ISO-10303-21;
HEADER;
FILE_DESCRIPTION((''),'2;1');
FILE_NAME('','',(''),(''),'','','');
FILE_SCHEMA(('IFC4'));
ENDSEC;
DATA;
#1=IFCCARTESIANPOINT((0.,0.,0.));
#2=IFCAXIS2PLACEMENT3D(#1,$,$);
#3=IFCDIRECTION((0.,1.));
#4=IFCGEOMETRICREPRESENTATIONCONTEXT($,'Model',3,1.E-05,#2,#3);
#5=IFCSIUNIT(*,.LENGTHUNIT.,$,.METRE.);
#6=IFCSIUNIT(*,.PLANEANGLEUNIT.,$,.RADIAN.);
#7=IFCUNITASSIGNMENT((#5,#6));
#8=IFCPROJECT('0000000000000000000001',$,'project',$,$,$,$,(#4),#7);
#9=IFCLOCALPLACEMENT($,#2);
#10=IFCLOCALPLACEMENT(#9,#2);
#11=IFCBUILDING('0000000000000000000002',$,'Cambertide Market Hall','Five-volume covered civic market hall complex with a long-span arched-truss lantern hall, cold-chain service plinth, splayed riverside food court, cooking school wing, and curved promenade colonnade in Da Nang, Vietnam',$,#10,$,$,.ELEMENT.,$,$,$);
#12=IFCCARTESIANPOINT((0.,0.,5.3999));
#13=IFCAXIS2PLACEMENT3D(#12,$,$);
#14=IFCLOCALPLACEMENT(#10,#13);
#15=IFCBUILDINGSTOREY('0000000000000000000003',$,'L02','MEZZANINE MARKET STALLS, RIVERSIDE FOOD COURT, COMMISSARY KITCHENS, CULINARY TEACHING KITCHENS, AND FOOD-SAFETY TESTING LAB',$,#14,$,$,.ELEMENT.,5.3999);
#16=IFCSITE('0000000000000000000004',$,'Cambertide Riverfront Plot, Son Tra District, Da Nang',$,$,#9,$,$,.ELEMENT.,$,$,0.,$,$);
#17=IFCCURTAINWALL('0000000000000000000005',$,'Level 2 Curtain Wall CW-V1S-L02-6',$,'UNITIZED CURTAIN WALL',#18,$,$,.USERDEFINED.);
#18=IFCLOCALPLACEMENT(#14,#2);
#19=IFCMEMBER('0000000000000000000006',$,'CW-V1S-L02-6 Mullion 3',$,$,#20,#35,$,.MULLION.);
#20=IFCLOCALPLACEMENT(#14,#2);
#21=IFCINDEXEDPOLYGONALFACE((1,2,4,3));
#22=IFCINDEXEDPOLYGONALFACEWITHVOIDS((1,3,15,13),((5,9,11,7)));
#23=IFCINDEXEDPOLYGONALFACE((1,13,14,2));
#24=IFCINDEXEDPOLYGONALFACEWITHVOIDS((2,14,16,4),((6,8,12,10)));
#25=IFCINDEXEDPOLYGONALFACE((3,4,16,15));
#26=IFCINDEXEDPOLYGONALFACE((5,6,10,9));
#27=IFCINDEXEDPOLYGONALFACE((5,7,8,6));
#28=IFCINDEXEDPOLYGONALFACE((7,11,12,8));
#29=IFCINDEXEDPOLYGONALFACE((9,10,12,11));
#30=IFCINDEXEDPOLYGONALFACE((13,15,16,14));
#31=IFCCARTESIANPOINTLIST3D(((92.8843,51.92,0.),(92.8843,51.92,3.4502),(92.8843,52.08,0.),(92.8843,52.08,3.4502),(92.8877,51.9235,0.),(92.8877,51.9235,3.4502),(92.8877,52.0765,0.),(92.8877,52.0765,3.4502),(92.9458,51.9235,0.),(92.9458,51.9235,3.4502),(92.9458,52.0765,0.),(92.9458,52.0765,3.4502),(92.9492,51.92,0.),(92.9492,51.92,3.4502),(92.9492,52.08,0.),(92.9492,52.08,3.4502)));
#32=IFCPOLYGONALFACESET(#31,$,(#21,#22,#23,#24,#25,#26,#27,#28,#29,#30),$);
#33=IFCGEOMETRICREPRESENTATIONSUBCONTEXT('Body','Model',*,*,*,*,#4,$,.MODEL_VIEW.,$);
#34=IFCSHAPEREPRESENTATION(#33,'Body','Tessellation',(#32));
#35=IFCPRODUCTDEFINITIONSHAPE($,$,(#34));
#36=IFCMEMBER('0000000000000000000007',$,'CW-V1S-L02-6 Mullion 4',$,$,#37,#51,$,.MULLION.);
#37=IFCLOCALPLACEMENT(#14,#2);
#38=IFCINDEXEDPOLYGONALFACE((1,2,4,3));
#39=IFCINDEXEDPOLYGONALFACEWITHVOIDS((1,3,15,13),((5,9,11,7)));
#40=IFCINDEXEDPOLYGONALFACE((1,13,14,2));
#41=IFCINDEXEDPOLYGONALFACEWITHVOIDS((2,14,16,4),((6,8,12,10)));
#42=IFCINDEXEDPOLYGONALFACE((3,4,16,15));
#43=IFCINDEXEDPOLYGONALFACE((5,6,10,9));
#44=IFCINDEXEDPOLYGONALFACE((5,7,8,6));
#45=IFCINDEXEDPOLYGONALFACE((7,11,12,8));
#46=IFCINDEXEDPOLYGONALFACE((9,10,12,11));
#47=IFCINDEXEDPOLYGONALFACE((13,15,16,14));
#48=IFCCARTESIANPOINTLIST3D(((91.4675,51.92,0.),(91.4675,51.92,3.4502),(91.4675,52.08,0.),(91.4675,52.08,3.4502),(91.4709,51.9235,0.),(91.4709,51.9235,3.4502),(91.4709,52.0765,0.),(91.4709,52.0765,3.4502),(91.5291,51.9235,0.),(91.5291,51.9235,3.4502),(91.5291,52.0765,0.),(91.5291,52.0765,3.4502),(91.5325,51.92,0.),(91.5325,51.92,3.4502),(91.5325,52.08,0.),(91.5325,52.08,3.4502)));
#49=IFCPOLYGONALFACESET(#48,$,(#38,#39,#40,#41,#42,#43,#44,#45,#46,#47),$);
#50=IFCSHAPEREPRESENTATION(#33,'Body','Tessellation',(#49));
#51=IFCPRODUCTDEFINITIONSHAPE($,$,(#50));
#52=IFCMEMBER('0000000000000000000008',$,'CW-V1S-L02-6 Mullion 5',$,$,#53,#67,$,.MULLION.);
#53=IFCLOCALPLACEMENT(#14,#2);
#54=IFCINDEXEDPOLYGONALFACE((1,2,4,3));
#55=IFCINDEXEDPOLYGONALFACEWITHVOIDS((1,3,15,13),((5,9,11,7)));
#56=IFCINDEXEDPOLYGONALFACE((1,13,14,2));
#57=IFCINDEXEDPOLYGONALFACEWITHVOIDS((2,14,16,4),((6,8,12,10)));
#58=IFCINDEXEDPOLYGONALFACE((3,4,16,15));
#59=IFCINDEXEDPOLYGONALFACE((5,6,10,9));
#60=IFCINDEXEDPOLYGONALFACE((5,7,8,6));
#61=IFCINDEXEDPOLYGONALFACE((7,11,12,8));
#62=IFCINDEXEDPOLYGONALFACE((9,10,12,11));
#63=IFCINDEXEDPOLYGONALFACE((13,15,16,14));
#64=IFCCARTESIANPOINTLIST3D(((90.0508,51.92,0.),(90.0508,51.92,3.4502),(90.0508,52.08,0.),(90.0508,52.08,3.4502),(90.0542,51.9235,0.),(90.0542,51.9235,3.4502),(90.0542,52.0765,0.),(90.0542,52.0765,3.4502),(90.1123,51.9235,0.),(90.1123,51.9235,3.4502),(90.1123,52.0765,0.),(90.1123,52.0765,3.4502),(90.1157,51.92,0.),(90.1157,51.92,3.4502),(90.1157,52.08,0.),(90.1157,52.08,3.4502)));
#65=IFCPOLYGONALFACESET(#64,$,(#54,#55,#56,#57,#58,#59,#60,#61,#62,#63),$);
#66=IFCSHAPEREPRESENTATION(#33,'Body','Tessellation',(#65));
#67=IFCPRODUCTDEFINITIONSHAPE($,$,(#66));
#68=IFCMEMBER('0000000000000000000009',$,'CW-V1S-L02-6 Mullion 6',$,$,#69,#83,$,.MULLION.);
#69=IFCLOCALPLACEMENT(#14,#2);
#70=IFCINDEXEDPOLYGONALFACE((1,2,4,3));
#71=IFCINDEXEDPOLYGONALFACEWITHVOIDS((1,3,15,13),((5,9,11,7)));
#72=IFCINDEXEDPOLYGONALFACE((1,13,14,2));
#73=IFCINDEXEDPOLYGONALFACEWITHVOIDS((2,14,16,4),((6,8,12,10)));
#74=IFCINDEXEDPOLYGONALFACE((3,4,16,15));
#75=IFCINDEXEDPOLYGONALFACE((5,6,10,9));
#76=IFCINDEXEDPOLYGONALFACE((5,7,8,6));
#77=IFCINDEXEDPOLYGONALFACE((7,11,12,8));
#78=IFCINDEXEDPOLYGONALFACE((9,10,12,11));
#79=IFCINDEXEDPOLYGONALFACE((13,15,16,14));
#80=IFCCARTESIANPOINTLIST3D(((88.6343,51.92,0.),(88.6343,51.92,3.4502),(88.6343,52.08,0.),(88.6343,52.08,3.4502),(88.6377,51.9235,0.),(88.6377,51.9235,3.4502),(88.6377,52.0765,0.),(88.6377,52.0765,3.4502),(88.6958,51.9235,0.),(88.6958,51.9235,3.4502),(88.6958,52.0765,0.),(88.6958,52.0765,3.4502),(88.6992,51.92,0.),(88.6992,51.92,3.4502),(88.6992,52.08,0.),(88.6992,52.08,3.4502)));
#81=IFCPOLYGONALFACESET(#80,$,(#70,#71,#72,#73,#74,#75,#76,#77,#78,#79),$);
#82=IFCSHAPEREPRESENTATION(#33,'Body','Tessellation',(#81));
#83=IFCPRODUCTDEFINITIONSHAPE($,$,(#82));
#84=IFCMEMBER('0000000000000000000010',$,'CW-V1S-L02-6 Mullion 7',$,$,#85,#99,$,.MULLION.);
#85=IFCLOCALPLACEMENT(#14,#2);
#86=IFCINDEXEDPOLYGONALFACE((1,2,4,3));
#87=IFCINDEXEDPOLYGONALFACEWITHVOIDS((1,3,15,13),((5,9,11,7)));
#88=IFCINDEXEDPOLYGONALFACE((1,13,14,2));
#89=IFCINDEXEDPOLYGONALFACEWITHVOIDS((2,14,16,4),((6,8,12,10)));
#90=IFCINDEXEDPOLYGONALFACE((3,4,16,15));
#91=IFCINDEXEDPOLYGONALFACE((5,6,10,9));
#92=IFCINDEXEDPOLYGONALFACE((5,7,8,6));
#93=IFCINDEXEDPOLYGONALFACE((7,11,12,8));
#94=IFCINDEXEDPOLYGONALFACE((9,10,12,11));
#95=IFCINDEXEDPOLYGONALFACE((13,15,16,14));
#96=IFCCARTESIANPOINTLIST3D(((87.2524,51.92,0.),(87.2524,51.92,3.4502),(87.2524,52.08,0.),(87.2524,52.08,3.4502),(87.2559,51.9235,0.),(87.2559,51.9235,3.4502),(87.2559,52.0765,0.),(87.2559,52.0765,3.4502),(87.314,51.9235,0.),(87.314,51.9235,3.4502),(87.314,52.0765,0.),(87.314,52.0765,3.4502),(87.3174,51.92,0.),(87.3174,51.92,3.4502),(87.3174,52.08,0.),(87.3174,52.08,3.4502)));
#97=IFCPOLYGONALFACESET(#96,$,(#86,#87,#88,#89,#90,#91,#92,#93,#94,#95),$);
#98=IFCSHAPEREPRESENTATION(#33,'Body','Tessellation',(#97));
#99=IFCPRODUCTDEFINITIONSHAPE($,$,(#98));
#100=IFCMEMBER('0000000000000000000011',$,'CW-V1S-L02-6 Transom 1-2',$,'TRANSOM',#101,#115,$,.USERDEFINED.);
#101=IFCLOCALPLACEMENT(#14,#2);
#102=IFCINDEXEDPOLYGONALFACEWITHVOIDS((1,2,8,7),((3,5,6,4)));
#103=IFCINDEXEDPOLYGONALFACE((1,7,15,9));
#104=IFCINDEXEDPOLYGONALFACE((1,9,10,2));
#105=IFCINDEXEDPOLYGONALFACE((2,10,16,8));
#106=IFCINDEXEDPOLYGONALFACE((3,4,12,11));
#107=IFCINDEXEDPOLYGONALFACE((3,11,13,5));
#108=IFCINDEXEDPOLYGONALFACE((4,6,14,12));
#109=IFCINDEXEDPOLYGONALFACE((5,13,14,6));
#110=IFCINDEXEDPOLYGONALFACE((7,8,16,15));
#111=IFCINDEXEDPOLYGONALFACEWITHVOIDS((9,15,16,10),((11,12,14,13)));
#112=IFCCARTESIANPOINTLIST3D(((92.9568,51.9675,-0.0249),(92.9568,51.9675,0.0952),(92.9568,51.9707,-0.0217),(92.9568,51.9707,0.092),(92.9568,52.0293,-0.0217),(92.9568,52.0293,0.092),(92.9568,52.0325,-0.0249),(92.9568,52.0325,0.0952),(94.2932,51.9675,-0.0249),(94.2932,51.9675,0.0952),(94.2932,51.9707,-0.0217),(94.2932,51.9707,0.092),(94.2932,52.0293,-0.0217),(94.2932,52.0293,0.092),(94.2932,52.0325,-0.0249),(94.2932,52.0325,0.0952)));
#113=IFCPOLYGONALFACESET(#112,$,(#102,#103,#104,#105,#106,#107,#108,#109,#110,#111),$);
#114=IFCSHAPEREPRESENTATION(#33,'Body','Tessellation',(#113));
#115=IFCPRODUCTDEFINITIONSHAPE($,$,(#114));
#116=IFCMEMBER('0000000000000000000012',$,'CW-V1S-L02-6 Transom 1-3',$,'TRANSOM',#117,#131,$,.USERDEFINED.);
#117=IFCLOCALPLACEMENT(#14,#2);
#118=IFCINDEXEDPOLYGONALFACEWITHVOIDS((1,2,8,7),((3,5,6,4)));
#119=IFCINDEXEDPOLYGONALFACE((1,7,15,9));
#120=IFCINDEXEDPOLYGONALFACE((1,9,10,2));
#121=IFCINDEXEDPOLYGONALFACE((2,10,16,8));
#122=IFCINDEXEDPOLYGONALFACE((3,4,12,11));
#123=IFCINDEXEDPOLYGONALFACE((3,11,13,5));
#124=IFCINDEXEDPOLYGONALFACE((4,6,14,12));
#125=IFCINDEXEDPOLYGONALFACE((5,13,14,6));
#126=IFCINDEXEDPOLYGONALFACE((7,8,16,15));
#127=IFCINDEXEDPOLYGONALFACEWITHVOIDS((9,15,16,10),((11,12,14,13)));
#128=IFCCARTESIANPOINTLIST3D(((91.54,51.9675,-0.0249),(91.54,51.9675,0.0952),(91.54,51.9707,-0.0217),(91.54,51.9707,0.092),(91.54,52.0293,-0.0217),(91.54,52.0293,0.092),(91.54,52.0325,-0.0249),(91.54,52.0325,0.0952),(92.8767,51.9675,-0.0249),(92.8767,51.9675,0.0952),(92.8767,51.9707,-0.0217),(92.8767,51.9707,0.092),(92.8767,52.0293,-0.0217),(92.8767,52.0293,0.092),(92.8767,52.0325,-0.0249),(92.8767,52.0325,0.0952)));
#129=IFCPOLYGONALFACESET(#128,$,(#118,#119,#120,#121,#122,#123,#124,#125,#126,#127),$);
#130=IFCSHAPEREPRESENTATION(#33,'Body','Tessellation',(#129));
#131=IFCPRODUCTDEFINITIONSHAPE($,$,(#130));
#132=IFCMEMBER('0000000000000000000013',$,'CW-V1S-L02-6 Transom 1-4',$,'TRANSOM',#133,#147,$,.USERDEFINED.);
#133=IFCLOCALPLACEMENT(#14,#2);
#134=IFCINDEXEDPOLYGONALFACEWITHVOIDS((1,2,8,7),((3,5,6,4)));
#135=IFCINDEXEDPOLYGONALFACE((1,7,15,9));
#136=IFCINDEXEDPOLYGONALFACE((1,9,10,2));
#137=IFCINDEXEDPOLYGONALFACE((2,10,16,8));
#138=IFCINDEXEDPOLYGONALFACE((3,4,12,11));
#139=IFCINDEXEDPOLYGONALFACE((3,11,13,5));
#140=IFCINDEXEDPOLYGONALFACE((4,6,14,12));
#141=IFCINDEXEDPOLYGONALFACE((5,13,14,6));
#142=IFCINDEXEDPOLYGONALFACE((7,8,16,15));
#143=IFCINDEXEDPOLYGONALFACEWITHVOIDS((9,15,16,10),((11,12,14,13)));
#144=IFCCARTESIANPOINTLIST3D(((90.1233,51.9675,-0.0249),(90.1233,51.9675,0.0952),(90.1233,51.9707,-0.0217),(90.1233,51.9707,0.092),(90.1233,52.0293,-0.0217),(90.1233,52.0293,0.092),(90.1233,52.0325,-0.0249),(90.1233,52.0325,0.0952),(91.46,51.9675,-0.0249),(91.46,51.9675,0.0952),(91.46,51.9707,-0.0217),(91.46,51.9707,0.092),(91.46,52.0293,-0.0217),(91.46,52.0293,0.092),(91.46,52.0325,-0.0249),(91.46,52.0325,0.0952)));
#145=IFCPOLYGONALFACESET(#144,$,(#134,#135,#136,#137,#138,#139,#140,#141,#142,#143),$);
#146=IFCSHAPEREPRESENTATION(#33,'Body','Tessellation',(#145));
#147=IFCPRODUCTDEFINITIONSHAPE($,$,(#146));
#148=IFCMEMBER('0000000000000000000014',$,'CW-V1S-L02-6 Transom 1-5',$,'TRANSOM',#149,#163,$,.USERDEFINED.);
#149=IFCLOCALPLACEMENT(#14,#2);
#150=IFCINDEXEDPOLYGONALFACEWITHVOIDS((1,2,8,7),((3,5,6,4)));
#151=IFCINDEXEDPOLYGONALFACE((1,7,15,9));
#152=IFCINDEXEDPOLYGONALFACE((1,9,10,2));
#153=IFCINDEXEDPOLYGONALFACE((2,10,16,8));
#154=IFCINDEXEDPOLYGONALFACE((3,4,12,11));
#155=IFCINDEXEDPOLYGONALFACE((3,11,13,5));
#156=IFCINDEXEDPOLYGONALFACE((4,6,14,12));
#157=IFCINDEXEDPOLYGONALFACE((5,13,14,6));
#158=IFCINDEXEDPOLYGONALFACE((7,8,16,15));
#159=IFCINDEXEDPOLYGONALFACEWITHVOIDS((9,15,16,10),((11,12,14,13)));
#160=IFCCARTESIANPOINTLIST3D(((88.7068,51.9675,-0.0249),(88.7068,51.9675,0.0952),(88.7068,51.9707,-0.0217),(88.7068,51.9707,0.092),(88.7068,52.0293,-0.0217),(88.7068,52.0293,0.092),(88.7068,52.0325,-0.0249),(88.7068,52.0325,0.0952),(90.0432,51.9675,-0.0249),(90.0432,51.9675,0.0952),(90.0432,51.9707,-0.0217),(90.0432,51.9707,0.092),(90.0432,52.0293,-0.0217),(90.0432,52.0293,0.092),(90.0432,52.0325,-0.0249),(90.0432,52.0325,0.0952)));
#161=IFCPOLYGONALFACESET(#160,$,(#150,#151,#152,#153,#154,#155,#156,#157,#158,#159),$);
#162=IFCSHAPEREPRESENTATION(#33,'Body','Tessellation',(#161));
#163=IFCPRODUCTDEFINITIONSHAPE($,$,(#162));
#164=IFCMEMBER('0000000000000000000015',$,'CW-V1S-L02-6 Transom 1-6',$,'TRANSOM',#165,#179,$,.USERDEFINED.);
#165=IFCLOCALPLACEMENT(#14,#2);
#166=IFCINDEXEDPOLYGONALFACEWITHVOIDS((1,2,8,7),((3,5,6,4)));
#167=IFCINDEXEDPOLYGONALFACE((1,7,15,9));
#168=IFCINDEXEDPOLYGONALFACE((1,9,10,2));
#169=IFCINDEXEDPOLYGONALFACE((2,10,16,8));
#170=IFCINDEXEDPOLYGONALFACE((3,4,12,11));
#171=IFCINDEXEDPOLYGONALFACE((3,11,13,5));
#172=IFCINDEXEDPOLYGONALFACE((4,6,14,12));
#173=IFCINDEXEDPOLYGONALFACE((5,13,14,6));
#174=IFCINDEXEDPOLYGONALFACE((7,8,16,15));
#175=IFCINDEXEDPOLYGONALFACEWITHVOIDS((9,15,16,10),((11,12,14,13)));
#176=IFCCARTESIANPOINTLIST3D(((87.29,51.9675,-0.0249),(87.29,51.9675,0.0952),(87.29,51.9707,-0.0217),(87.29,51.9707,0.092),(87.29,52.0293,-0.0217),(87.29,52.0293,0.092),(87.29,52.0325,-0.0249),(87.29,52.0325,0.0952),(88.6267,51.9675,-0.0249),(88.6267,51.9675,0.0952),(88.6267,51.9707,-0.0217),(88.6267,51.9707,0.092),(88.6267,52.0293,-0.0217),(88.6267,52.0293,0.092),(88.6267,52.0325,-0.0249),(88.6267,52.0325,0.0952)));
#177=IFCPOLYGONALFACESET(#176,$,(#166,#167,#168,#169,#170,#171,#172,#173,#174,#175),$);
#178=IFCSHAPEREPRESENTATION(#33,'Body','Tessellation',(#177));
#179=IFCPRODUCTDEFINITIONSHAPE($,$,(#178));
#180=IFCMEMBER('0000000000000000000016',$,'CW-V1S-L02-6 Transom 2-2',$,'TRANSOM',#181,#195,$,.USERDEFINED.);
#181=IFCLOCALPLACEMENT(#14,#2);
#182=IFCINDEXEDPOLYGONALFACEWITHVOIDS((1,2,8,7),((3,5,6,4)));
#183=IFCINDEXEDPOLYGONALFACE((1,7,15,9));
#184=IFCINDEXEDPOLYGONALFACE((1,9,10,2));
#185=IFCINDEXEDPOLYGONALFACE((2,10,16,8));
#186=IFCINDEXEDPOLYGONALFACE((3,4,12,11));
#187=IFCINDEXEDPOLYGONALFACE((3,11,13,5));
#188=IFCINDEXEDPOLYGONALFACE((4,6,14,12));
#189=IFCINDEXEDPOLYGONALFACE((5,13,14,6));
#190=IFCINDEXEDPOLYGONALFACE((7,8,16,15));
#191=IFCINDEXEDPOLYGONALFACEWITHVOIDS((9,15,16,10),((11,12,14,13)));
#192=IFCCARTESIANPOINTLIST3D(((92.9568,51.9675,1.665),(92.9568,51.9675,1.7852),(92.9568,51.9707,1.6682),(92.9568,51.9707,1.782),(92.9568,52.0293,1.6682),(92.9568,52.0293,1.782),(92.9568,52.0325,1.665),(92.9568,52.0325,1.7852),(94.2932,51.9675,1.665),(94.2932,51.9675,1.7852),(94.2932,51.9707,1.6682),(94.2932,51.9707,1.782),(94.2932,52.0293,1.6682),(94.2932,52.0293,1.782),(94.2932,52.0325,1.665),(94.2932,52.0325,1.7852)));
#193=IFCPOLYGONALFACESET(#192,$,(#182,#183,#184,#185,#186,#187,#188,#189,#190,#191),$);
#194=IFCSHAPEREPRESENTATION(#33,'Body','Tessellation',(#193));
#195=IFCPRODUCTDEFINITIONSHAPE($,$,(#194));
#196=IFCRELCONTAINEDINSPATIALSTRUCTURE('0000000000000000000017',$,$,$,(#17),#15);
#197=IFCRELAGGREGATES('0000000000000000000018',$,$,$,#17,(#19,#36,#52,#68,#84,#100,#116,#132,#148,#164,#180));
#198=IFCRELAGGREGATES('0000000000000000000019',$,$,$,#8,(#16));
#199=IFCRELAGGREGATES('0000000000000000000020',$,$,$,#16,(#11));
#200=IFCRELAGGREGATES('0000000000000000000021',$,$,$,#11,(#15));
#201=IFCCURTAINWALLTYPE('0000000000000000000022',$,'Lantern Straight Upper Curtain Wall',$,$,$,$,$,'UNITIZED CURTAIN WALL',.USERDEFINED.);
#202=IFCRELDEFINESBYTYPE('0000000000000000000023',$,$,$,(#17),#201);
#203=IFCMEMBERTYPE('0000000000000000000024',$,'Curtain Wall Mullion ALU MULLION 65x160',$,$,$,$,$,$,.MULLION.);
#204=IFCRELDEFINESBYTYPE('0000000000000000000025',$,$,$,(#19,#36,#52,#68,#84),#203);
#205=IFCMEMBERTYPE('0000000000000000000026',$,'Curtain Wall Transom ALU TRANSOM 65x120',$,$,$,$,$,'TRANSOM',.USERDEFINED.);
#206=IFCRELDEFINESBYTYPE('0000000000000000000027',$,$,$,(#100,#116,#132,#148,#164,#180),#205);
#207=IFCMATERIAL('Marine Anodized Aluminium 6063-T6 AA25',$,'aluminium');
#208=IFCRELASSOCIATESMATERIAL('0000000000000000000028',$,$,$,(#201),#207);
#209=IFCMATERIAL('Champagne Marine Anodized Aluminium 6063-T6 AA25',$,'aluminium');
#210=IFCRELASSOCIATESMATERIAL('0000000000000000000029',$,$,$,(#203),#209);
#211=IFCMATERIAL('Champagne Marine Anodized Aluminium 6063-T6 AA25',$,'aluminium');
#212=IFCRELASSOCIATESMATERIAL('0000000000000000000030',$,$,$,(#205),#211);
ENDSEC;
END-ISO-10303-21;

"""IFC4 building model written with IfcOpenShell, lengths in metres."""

from ifc_helpers import new_model, si_unit, direction, frame, origin, origin_2d, place, context, subcontext, project, spatial, hollow_rectangle, extrude, material, material_profile, profile_set, type_object, element, aggregate, save


model = new_model("IFC4")

# Units and contexts
model_context = context("Model", 3, precision=1e-05, world=origin(), true_north=direction((0.0, 1.0)))
body_context = subcontext(model_context, "Body", "Model", "MODEL_VIEW")
ifc_project = project(units=[si_unit("LENGTHUNIT", "METRE"), si_unit("PLANEANGLEUNIT", "RADIAN")], contexts=[model_context])

# Site, building, storey
site_placement = place(None, origin())
site = spatial("IfcSite", under=ifc_project, at=site_placement, Name="Cambertide Riverfront Plot, Son Tra District, Da Nang", CompositionType="ELEMENT", RefElevation=0.0)
building_placement = place(site_placement, origin())
building = spatial("IfcBuilding", under=site, at=building_placement, Name="Cambertide Market Hall", Description="Five-volume covered civic market hall complex with a long-span arched-truss lantern hall, cold-chain service plinth, splayed riverside food court, cooking school wing, and curved promenade colonnade in Da Nang, Vietnam", CompositionType="ELEMENT")
storey_placement = place(building_placement, frame((0.0, 0.0, 5.3999)))
storey = spatial("IfcBuildingStorey", under=building, at=storey_placement, Name="L02", Description="MEZZANINE MARKET STALLS, RIVERSIDE FOOD COURT, COMMISSARY KITCHENS, CULINARY TEACHING KITCHENS, AND FOOD-SAFETY TESTING LAB", CompositionType="ELEMENT", Elevation=5.3999)

# Curtain wall, members
ifc_material_1 = material(Name="Marine Anodized Aluminium 6063-T6 AA25", Category="aluminium")
curtain_wall_type = type_object("IfcCurtainWallType", Name="Lantern Straight Upper Curtain Wall", ElementType="UNITIZED CURTAIN WALL", PredefinedType="USERDEFINED", material=ifc_material_1)
curtain_wall_placement = place(storey_placement, origin())
curtain_wall = element("IfcCurtainWall", 1, at=curtain_wall_placement, inside=storey, type_object=curtain_wall_type, Name="Level 2 Curtain Wall CW-V1S-L02-6", ObjectType="UNITIZED CURTAIN WALL", PredefinedType="USERDEFINED")
ifc_material_2 = material(Name="Champagne Marine Anodized Aluminium 6063-T6 AA25", Category="aluminium")
ifc_material_profile_1 = material_profile(ifc_material_2, hollow_rectangle(XDim=0.0649, YDim=0.1599, WallThickness=0.0034, at=origin_2d()), Name="ALU MULLION 65x160")
ifc_profile_set_1 = profile_set([ifc_material_profile_1], Name="Champagne Marine Anodized Aluminium 6063-T6 AA25")
member_type_1 = type_object("IfcMemberType", Name="Curtain Wall Mullion ALU MULLION 65x160", PredefinedType="MULLION", material=ifc_profile_set_1)
member_1_placement = place(storey_placement, frame((92.9167, 52.0, 0.0), z_axis=(0.0, 0.0, 1.0), x_axis=(-1.0, 0.0, 0.0)))
member_1 = element("IfcMember", 2, at=member_1_placement, type_object=member_type_1, Name="CW-V1S-L02-6 Mullion 3", PredefinedType="MULLION", context=body_context, shape_type="SweptSolid", body=[
    extrude(hollow_rectangle(XDim=0.0649, YDim=0.1599, WallThickness=0.0034, at=origin_2d()), origin(), (0.0, 0.0, 1.0), 3.4502),
])
member_2_placement = place(storey_placement, frame((91.5, 52.0, 0.0), z_axis=(0.0, 0.0, 1.0), x_axis=(-1.0, 0.0, 0.0)))
member_2 = element("IfcMember", 3, at=member_2_placement, type_object=member_type_1, Name="CW-V1S-L02-6 Mullion 4", PredefinedType="MULLION", context=body_context, shape_type="SweptSolid", body=[
    extrude(hollow_rectangle(XDim=0.0649, YDim=0.1599, WallThickness=0.0034, at=origin_2d()), origin(), (0.0, 0.0, 1.0), 3.4502),
])
member_3_placement = place(storey_placement, frame((90.0833, 52.0, 0.0), z_axis=(0.0, 0.0, 1.0), x_axis=(-1.0, 0.0, 0.0)))
member_3 = element("IfcMember", 4, at=member_3_placement, type_object=member_type_1, Name="CW-V1S-L02-6 Mullion 5", PredefinedType="MULLION", context=body_context, shape_type="SweptSolid", body=[
    extrude(hollow_rectangle(XDim=0.0649, YDim=0.1599, WallThickness=0.0034, at=origin_2d()), origin(), (0.0, 0.0, 1.0), 3.4502),
])
member_4_placement = place(storey_placement, frame((88.6667, 52.0, 0.0), z_axis=(0.0, 0.0, 1.0), x_axis=(-1.0, 0.0, 0.0)))
member_4 = element("IfcMember", 5, at=member_4_placement, type_object=member_type_1, Name="CW-V1S-L02-6 Mullion 6", PredefinedType="MULLION", context=body_context, shape_type="SweptSolid", body=[
    extrude(hollow_rectangle(XDim=0.0649, YDim=0.1599, WallThickness=0.0034, at=origin_2d()), origin(), (0.0, 0.0, 1.0), 3.4502),
])
member_5_placement = place(storey_placement, frame((87.2849, 52.0, 0.0), z_axis=(0.0, 0.0, 1.0), x_axis=(-1.0, 0.0, 0.0)))
member_5 = element("IfcMember", 6, at=member_5_placement, type_object=member_type_1, Name="CW-V1S-L02-6 Mullion 7", PredefinedType="MULLION", context=body_context, shape_type="SweptSolid", body=[
    extrude(hollow_rectangle(XDim=0.0649, YDim=0.1599, WallThickness=0.0034, at=origin_2d()), origin(), (0.0, 0.0, 1.0), 3.4502),
])
ifc_material_3 = material(Name="Champagne Marine Anodized Aluminium 6063-T6 AA25", Category="aluminium")
ifc_material_profile_2 = material_profile(ifc_material_3, hollow_rectangle(XDim=0.0649, YDim=0.1201, WallThickness=0.0032, at=origin_2d()), Name="ALU TRANSOM 65x120")
ifc_profile_set_2 = profile_set([ifc_material_profile_2], Name="Champagne Marine Anodized Aluminium 6063-T6 AA25")
member_type_2 = type_object("IfcMemberType", Name="Curtain Wall Transom ALU TRANSOM 65x120", ElementType="TRANSOM", PredefinedType="USERDEFINED", material=ifc_profile_set_2)
member_6_placement = place(storey_placement, frame((94.2932, 52.0, 0.0352), z_axis=(-1.0, 0.0, 0.0), x_axis=(0.0, -1.0, 0.0)))
member_6 = element("IfcMember", 7, at=member_6_placement, type_object=member_type_2, Name="CW-V1S-L02-6 Transom 1-2", ObjectType="TRANSOM", PredefinedType="USERDEFINED", context=body_context, shape_type="SweptSolid", body=[
    extrude(hollow_rectangle(XDim=0.0649, YDim=0.1201, WallThickness=0.0032, at=origin_2d()), origin(), (0.0, 0.0, 1.0), 1.3364),
])
member_7_placement = place(storey_placement, frame((92.8767, 52.0, 0.0352), z_axis=(-1.0, 0.0, 0.0), x_axis=(0.0, -1.0, 0.0)))
member_7 = element("IfcMember", 8, at=member_7_placement, type_object=member_type_2, Name="CW-V1S-L02-6 Transom 1-3", ObjectType="TRANSOM", PredefinedType="USERDEFINED", context=body_context, shape_type="SweptSolid", body=[
    extrude(hollow_rectangle(XDim=0.0649, YDim=0.1201, WallThickness=0.0032, at=origin_2d()), origin(), (0.0, 0.0, 1.0), 1.3367),
])
member_8_placement = place(storey_placement, frame((91.46, 52.0, 0.0352), z_axis=(-1.0, 0.0, 0.0), x_axis=(0.0, -1.0, 0.0)))
member_8 = element("IfcMember", 9, at=member_8_placement, type_object=member_type_2, Name="CW-V1S-L02-6 Transom 1-4", ObjectType="TRANSOM", PredefinedType="USERDEFINED", context=body_context, shape_type="SweptSolid", body=[
    extrude(hollow_rectangle(XDim=0.0649, YDim=0.1201, WallThickness=0.0032, at=origin_2d()), origin(), (0.0, 0.0, 1.0), 1.3367),
])
member_9_placement = place(storey_placement, frame((90.0432, 52.0, 0.0352), z_axis=(-1.0, 0.0, 0.0), x_axis=(0.0, -1.0, 0.0)))
member_9 = element("IfcMember", 10, at=member_9_placement, type_object=member_type_2, Name="CW-V1S-L02-6 Transom 1-5", ObjectType="TRANSOM", PredefinedType="USERDEFINED", context=body_context, shape_type="SweptSolid", body=[
    extrude(hollow_rectangle(XDim=0.0649, YDim=0.1201, WallThickness=0.0032, at=origin_2d()), origin(), (0.0, 0.0, 1.0), 1.3364),
])
member_10_placement = place(storey_placement, frame((88.6267, 52.0, 0.0352), z_axis=(-1.0, 0.0, 0.0), x_axis=(0.0, -1.0, 0.0)))
member_10 = element("IfcMember", 11, at=member_10_placement, type_object=member_type_2, Name="CW-V1S-L02-6 Transom 1-6", ObjectType="TRANSOM", PredefinedType="USERDEFINED", context=body_context, shape_type="SweptSolid", body=[
    extrude(hollow_rectangle(XDim=0.0649, YDim=0.1201, WallThickness=0.0032, at=origin_2d()), origin(), (0.0, 0.0, 1.0), 1.3367),
])
member_11_placement = place(storey_placement, frame((94.2932, 52.0, 1.7251), z_axis=(-1.0, 0.0, 0.0), x_axis=(0.0, -1.0, 0.0)))
member_11 = element("IfcMember", 12, at=member_11_placement, type_object=member_type_2, Name="CW-V1S-L02-6 Transom 2-2", ObjectType="TRANSOM", PredefinedType="USERDEFINED", context=body_context, shape_type="SweptSolid", body=[
    extrude(hollow_rectangle(XDim=0.0649, YDim=0.1201, WallThickness=0.0032, at=origin_2d()), origin(), (0.0, 0.0, 1.0), 1.3364),
])
aggregate(curtain_wall, [member_1, member_2, member_3, member_4, member_5, member_6, member_7, member_8, member_9, member_10, member_11])

save(model, "model.ifc")
